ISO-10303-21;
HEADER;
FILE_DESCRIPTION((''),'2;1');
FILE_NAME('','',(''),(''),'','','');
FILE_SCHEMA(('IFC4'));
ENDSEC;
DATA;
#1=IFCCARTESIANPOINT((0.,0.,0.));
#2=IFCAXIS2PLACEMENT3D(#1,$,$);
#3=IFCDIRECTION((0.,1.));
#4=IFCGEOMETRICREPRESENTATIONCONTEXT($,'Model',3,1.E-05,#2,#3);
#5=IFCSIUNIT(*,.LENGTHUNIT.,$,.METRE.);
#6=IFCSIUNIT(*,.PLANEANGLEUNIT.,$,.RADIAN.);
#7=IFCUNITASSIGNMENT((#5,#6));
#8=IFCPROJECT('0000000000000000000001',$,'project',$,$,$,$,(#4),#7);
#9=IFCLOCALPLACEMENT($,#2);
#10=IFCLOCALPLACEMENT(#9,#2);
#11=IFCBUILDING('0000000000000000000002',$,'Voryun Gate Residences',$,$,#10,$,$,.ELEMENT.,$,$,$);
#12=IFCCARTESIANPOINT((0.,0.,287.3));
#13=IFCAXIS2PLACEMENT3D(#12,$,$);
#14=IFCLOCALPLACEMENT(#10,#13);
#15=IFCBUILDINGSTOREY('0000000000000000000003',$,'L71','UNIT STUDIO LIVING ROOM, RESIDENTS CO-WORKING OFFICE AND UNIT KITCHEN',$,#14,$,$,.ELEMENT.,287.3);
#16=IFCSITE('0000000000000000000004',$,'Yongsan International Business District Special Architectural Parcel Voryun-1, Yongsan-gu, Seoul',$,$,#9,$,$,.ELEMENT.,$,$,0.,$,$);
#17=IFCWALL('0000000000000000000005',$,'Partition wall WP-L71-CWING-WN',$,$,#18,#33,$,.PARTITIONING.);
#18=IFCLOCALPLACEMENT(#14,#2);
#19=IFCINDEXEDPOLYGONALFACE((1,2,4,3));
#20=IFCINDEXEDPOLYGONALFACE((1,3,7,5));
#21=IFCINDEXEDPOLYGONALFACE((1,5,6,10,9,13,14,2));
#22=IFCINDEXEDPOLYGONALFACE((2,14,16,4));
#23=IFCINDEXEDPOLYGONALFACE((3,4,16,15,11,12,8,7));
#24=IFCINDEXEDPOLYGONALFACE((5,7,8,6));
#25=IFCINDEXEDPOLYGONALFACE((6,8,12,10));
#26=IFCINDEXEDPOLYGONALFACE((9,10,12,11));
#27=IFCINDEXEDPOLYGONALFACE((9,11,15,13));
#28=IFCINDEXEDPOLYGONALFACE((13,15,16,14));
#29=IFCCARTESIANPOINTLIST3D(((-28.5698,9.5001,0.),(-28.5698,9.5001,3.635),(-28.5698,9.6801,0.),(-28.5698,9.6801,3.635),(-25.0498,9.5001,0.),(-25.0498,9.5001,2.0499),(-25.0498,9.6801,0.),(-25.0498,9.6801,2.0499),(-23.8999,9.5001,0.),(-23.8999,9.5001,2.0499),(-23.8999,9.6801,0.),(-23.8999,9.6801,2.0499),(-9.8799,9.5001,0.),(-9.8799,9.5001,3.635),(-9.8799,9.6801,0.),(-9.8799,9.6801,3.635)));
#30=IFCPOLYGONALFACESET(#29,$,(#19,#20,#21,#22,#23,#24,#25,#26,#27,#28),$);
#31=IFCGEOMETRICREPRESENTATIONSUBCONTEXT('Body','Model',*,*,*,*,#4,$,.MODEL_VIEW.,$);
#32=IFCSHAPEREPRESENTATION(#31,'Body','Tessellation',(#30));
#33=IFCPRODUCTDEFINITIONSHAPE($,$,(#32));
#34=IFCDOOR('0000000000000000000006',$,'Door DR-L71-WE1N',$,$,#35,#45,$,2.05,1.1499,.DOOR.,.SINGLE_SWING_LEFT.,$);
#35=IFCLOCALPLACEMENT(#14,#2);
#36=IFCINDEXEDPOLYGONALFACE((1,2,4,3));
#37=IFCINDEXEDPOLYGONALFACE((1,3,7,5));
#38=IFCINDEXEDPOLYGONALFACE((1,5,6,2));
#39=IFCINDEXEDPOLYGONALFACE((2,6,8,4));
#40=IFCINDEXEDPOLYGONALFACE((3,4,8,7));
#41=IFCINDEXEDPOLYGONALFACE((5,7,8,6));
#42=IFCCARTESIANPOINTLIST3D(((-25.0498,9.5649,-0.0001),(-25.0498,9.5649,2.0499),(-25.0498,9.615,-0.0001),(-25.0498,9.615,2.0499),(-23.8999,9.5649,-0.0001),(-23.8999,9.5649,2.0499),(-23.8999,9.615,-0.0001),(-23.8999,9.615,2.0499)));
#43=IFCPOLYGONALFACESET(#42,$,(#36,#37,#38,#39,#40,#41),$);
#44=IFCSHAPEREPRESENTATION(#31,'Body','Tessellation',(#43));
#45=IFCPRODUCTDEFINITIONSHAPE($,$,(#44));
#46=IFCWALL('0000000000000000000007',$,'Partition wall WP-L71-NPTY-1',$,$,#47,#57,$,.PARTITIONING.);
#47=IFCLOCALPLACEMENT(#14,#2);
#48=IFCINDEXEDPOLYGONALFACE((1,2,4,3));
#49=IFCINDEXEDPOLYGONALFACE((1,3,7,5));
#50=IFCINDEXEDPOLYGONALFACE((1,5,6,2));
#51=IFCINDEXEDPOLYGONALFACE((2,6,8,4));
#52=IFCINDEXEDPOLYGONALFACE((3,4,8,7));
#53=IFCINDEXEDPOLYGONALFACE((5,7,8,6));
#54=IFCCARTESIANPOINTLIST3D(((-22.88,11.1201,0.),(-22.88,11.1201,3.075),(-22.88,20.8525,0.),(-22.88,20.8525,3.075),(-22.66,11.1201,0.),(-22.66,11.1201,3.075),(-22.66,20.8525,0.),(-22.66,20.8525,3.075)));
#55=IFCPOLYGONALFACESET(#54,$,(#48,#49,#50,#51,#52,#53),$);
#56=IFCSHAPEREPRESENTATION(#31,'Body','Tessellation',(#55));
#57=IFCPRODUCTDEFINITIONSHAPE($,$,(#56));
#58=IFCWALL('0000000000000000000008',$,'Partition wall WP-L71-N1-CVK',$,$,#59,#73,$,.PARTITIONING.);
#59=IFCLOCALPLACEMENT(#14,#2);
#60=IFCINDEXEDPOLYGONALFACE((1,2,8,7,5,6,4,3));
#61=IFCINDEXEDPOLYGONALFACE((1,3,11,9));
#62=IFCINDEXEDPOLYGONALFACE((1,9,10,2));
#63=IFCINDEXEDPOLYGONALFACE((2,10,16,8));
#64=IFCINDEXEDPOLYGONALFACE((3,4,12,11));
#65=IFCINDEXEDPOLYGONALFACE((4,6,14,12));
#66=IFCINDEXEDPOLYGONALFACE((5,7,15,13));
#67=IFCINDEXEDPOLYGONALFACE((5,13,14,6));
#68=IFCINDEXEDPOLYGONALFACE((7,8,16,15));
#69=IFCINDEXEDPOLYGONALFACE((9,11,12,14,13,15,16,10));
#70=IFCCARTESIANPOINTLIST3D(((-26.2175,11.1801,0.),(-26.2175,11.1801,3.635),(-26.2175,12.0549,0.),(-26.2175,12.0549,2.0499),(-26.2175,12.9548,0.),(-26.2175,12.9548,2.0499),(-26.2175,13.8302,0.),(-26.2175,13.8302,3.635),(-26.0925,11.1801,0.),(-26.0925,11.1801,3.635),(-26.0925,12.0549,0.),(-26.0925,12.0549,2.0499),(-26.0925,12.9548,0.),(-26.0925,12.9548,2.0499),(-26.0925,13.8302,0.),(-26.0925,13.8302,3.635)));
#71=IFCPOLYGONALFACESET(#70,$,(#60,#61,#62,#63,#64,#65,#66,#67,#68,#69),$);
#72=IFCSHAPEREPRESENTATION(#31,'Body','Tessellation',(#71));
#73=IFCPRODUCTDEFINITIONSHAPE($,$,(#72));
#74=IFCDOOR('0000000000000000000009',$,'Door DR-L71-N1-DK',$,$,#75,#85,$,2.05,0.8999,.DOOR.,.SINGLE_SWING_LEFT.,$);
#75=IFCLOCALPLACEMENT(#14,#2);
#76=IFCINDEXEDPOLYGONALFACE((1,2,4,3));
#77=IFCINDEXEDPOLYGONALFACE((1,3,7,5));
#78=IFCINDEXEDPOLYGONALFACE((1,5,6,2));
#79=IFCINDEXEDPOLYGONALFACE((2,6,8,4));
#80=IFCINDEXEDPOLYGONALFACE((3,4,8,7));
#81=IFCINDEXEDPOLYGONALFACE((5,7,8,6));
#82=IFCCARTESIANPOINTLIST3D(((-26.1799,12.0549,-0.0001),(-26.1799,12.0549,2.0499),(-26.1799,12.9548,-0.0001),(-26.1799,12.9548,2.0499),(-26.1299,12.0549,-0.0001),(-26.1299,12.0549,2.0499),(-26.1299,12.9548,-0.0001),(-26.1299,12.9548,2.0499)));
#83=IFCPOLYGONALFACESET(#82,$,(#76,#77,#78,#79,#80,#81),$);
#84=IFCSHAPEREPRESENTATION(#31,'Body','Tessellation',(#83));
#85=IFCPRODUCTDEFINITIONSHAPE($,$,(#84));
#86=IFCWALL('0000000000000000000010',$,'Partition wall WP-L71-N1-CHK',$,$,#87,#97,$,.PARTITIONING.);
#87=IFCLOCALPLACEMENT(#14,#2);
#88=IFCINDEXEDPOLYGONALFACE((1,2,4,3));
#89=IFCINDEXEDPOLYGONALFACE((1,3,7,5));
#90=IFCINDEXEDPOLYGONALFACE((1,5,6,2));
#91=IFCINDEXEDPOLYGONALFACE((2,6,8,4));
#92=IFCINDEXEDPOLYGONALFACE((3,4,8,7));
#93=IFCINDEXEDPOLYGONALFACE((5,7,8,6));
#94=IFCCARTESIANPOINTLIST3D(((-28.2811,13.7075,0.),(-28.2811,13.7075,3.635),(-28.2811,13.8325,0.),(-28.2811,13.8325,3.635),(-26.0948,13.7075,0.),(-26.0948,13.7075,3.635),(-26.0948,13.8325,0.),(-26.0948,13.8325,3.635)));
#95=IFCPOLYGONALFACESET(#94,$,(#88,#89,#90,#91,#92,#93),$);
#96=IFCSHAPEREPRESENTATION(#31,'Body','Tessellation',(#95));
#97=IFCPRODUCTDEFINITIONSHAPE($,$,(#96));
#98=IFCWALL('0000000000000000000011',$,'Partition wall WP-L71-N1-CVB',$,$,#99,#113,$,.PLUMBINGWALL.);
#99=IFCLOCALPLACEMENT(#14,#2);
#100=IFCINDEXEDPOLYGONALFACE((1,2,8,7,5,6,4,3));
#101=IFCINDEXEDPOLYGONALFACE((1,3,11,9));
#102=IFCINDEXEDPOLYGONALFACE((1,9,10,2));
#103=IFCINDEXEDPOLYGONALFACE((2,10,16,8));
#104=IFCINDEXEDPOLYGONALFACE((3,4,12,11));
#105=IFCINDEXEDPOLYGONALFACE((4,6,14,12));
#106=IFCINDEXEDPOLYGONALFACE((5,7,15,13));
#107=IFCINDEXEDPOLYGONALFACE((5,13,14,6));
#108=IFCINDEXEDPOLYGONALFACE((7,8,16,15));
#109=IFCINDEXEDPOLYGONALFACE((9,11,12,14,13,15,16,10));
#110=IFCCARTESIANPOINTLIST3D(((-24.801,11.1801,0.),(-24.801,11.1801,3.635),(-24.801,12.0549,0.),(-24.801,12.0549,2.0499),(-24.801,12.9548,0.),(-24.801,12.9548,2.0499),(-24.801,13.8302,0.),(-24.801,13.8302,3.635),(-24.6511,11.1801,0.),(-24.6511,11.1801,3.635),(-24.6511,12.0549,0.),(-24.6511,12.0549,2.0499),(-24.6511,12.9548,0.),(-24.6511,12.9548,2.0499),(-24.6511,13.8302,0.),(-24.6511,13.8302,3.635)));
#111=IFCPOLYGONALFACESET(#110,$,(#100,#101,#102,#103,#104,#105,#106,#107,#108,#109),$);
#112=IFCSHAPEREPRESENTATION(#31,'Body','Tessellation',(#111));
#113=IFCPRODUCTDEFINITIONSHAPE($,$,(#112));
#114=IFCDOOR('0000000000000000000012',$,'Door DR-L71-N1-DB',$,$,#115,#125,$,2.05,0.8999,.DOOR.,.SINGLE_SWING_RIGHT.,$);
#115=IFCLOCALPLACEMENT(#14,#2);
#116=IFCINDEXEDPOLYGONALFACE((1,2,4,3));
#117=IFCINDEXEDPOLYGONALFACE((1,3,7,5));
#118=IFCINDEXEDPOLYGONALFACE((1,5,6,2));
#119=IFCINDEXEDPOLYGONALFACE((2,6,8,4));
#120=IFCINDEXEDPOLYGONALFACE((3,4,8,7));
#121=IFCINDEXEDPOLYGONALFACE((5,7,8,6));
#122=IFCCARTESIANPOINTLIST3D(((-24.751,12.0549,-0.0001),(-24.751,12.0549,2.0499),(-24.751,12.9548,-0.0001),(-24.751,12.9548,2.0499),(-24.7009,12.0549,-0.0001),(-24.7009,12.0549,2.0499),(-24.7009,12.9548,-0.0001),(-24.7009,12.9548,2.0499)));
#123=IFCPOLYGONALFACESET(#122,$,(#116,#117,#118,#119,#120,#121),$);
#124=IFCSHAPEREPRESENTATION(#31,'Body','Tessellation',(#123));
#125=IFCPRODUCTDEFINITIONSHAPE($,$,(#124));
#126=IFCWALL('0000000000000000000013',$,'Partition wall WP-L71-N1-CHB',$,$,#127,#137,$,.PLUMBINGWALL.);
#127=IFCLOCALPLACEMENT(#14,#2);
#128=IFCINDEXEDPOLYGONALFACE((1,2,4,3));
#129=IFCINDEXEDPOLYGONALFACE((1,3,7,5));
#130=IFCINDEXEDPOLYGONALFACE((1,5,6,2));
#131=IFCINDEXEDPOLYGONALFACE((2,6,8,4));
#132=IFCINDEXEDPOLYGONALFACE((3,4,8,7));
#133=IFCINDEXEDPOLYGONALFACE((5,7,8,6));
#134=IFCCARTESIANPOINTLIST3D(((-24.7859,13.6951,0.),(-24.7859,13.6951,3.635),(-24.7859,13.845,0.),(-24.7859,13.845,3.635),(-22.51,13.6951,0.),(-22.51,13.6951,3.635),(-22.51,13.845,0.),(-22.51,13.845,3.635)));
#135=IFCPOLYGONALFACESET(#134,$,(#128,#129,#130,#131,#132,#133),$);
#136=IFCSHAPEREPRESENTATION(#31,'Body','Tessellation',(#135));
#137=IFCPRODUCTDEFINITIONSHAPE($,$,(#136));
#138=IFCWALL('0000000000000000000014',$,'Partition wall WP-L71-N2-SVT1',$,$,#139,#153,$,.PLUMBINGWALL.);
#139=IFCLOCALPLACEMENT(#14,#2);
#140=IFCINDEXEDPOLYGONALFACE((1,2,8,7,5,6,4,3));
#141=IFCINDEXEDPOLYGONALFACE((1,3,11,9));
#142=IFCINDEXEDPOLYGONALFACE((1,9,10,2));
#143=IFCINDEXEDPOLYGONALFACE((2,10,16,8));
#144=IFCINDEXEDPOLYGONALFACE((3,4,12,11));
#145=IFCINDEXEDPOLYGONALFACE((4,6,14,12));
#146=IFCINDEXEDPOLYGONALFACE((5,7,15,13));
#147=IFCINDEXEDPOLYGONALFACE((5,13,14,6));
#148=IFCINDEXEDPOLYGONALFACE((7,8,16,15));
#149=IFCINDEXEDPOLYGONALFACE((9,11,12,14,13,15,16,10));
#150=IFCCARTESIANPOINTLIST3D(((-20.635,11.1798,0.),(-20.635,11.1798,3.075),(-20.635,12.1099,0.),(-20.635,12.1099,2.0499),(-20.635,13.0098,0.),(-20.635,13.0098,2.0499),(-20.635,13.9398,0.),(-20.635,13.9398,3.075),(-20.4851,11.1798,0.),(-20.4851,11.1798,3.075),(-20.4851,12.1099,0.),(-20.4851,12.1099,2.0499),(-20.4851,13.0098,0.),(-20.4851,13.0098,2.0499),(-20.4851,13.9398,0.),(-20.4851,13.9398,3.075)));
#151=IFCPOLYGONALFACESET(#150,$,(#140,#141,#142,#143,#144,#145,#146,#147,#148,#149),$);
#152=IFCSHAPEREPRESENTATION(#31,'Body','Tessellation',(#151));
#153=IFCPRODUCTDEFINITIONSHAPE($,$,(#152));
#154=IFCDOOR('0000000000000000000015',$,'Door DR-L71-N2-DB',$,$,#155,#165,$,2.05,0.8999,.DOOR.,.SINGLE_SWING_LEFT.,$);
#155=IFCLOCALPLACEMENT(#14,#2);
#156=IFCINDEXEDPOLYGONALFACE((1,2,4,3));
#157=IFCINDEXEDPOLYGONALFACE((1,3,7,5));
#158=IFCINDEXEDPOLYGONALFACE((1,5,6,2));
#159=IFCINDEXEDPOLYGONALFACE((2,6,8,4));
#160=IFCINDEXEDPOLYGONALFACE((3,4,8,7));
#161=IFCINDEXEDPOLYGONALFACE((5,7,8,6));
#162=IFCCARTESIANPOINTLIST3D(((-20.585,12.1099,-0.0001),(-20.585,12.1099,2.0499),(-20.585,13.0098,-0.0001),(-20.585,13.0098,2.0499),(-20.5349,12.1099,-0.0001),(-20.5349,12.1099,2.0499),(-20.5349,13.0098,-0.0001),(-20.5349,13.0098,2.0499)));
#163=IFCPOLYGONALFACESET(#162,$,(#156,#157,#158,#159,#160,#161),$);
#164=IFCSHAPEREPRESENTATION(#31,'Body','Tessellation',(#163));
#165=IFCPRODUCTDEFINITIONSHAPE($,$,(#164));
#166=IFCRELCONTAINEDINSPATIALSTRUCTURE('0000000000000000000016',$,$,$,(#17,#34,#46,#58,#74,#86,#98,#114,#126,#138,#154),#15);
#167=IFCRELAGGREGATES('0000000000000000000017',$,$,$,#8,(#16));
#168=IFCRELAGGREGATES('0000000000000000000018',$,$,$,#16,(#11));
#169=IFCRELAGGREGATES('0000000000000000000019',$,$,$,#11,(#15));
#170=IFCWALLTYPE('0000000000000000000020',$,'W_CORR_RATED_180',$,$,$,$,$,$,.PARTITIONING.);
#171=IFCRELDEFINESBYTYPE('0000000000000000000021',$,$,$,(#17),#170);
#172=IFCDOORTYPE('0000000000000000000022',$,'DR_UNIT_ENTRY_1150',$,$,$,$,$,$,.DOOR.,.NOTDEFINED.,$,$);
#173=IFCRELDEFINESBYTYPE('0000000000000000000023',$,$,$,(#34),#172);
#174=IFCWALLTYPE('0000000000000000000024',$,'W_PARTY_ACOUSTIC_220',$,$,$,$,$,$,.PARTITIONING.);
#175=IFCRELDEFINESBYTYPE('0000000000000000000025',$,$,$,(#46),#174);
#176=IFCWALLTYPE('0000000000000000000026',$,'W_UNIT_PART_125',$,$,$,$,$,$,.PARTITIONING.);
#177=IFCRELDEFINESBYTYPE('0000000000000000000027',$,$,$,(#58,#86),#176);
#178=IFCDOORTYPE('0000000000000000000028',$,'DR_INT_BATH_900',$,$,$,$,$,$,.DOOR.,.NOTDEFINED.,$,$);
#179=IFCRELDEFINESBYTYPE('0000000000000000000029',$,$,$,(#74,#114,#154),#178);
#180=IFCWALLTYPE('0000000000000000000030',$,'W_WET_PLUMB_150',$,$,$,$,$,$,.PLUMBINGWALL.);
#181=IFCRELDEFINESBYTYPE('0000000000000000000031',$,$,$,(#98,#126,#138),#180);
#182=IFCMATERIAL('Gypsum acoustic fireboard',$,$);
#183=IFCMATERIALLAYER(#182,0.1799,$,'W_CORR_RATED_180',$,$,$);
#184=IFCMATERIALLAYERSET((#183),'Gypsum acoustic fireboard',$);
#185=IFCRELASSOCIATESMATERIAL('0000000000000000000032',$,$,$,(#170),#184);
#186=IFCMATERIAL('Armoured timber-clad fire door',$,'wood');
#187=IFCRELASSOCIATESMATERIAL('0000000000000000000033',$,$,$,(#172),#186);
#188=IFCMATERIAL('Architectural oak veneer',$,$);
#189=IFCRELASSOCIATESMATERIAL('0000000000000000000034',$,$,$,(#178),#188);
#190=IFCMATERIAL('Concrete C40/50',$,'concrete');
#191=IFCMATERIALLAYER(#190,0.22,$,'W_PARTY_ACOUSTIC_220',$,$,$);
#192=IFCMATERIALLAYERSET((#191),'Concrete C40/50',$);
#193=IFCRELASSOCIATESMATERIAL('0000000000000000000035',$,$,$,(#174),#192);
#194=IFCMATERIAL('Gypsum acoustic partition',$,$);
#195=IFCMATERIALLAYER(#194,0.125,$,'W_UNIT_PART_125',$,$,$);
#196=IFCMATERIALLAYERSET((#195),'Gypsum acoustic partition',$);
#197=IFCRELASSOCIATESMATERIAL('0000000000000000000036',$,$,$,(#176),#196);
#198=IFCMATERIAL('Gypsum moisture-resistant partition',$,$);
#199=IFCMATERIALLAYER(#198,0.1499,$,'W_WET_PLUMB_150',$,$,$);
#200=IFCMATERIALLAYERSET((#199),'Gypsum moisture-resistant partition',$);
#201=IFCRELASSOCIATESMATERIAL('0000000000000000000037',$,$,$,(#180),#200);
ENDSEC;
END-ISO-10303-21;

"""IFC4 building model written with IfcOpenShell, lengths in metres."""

from ifc_helpers import new_model, si_unit, direction, frame, frame_2d, origin, place, context, subcontext, project, spatial, rectangle, extrude, material, layer, layer_set, type_object, element, fill, save


model = new_model("IFC4")

# Units and contexts
model_context = context("Model", 3, precision=1e-05, world=origin(), true_north=direction((0.0, 1.0)))
body_context = subcontext(model_context, "Body", "Model", "MODEL_VIEW")
ifc_project = project(units=[si_unit("LENGTHUNIT", "METRE"), si_unit("PLANEANGLEUNIT", "RADIAN")], contexts=[model_context])

# Site, building, storey
site_placement = place(None, origin())
site = spatial("IfcSite", under=ifc_project, at=site_placement, Name="Yongsan International Business District Special Architectural Parcel Voryun-1, Yongsan-gu, Seoul", CompositionType="ELEMENT", RefElevation=0.0)
building_placement = place(site_placement, origin())
building = spatial("IfcBuilding", under=site, at=building_placement, Name="Voryun Gate Residences", CompositionType="ELEMENT")
storey_placement = place(building_placement, frame((0.0, 0.0, 287.3)))
storey = spatial("IfcBuildingStorey", under=building, at=storey_placement, Name="L71", Description="UNIT STUDIO LIVING ROOM, RESIDENTS CO-WORKING OFFICE AND UNIT KITCHEN", CompositionType="ELEMENT", Elevation=287.3)

# Wall, opening, door
ifc_material_1 = material(Name="Gypsum acoustic fireboard")
ifc_layer_1 = layer(ifc_material_1, 0.1799, Name="W_CORR_RATED_180")
ifc_layer_set_1 = layer_set([ifc_layer_1], Name="Gypsum acoustic fireboard")
wall_type_1 = type_object("IfcWallType", Name="W_CORR_RATED_180", PredefinedType="PARTITIONING", material=ifc_layer_set_1)
wall_1_placement = place(storey_placement, frame((-28.5698, 9.5901, 0.0), z_axis=(0.0, 0.0, 1.0), x_axis=(1.0, 0.0, 0.0)))
wall_1 = element("IfcWall", 1, at=wall_1_placement, inside=storey, type_object=wall_type_1, Name="Partition wall WP-L71-CWING-WN", PredefinedType="PARTITIONING", context=body_context, shape_type="SweptSolid", body=[
    extrude(rectangle(XDim=18.6899, YDim=0.1799, at=frame_2d((9.345, 0.0))), origin(), (0.0, 0.0, 1.0), 3.635),
])
opening_1_placement = place(wall_1_placement, frame((3.52, 0.0, 0.0)))
opening_1 = element("IfcOpeningElement", 2, at=opening_1_placement, cuts=wall_1, PredefinedType="OPENING", context=body_context, shape_type="SweptSolid", body=[
    extrude(rectangle(XDim=1.1499, YDim=2.05, at=frame_2d((0.575, 1.0249))), frame((0.0, 0.0999, 0.0), z_axis=(0.0, -1.0, 0.0), x_axis=(1.0, 0.0, 0.0)), (0.0, 0.0, 1.0), 0.2),
])
ifc_material_2 = material(Name="Armoured timber-clad fire door", Category="wood")
door_type_1 = type_object("IfcDoorType", Name="DR_UNIT_ENTRY_1150", OperationType="NOTDEFINED", PredefinedType="DOOR", material=ifc_material_2)
door_1_placement = place(opening_1_placement, origin())
door_1 = element("IfcDoor", 3, at=door_1_placement, inside=storey, type_object=door_type_1, Name="Door DR-L71-WE1N", OperationType="SINGLE_SWING_LEFT", OverallHeight=2.05, OverallWidth=1.1499, PredefinedType="DOOR", context=body_context, shape_type="SweptSolid", body=[
    extrude(rectangle(XDim=1.1499, YDim=2.05, at=frame_2d((0.575, 1.0249))), frame((0.0, 0.0249, 0.0), z_axis=(0.0, -1.0, 0.0), x_axis=(1.0, 0.0, 0.0)), (0.0, 0.0, 1.0), 0.05),
])
fill(opening_1, door_1)

# Shared definitions
ifc_material_3 = material(Name="Architectural oak veneer")
door_type_2 = type_object("IfcDoorType", Name="DR_INT_BATH_900", OperationType="NOTDEFINED", PredefinedType="DOOR", material=ifc_material_3)

# Wall
ifc_material_4 = material(Name="Concrete C40/50", Category="concrete")
ifc_layer_2 = layer(ifc_material_4, 0.22, Name="W_PARTY_ACOUSTIC_220")
ifc_layer_set_2 = layer_set([ifc_layer_2], Name="Concrete C40/50")
wall_type_2 = type_object("IfcWallType", Name="W_PARTY_ACOUSTIC_220", PredefinedType="PARTITIONING", material=ifc_layer_set_2)
wall_2_placement = place(storey_placement, frame((-22.77, 11.1201, 0.0), z_axis=(0.0, 0.0, 1.0), x_axis=(0.0, 1.0, 0.0)))
element("IfcWall", 4, at=wall_2_placement, inside=storey, type_object=wall_type_2, Name="Partition wall WP-L71-NPTY-1", PredefinedType="PARTITIONING", context=body_context, shape_type="SweptSolid", body=[
    extrude(rectangle(XDim=9.7324, YDim=0.22, at=frame_2d((4.8662, 0.0))), origin(), (0.0, 0.0, 1.0), 3.075),
])

# Wall, opening, door
ifc_material_5 = material(Name="Gypsum acoustic partition")
ifc_layer_3 = layer(ifc_material_5, 0.125, Name="W_UNIT_PART_125")
ifc_layer_set_3 = layer_set([ifc_layer_3], Name="Gypsum acoustic partition")
wall_type_3 = type_object("IfcWallType", Name="W_UNIT_PART_125", PredefinedType="PARTITIONING", material=ifc_layer_set_3)
wall_3_placement = place(storey_placement, frame((-26.155, 11.1799, 0.0), z_axis=(0.0, 0.0, 1.0), x_axis=(0.0, 1.0, 0.0)))
wall_3 = element("IfcWall", 5, at=wall_3_placement, inside=storey, type_object=wall_type_3, Name="Partition wall WP-L71-N1-CVK", PredefinedType="PARTITIONING", context=body_context, shape_type="SweptSolid", body=[
    extrude(rectangle(XDim=2.6501, YDim=0.125, at=frame_2d((1.3252, 0.0))), origin(), (0.0, 0.0, 1.0), 3.635),
])
opening_2_placement = place(wall_3_placement, frame((0.875, 0.0, 0.0)))
opening_2 = element("IfcOpeningElement", 6, at=opening_2_placement, cuts=wall_3, PredefinedType="OPENING", context=body_context, shape_type="SweptSolid", body=[
    extrude(rectangle(XDim=0.8999, YDim=2.05, at=frame_2d((0.45, 1.0249))), frame((0.0, 0.0725, 0.0), z_axis=(0.0, -1.0, 0.0), x_axis=(1.0, 0.0, 0.0)), (0.0, 0.0, 1.0), 0.145),
])
door_2_placement = place(opening_2_placement, origin())
door_2 = element("IfcDoor", 7, at=door_2_placement, inside=storey, type_object=door_type_2, Name="Door DR-L71-N1-DK", OperationType="SINGLE_SWING_LEFT", OverallHeight=2.05, OverallWidth=0.8999, PredefinedType="DOOR", context=body_context, shape_type="SweptSolid", body=[
    extrude(rectangle(XDim=0.8999, YDim=2.05, at=frame_2d((0.45, 1.0249))), frame((0.0, 0.0249, 0.0), z_axis=(0.0, -1.0, 0.0), x_axis=(1.0, 0.0, 0.0)), (0.0, 0.0, 1.0), 0.05),
])
fill(opening_2, door_2)

# Wall
wall_4_placement = place(storey_placement, frame((-28.2812, 13.77, 0.0), z_axis=(0.0, 0.0, 1.0), x_axis=(1.0, 0.0, 0.0)))
element("IfcWall", 8, at=wall_4_placement, inside=storey, type_object=wall_type_3, Name="Partition wall WP-L71-N1-CHK", PredefinedType="PARTITIONING", context=body_context, shape_type="SweptSolid", body=[
    extrude(rectangle(XDim=2.1863, YDim=0.125, at=frame_2d((1.0933, 0.0))), origin(), (0.0, 0.0, 1.0), 3.635),
])

# Wall, opening, door
ifc_material_6 = material(Name="Gypsum moisture-resistant partition")
ifc_layer_4 = layer(ifc_material_6, 0.1499, Name="W_WET_PLUMB_150")
ifc_layer_set_4 = layer_set([ifc_layer_4], Name="Gypsum moisture-resistant partition")
wall_type_4 = type_object("IfcWallType", Name="W_WET_PLUMB_150", PredefinedType="PLUMBINGWALL", material=ifc_layer_set_4)
wall_5_placement = place(storey_placement, frame((-24.7261, 11.1799, 0.0), z_axis=(0.0, 0.0, 1.0), x_axis=(0.0, 1.0, 0.0)))
wall_5 = element("IfcWall", 9, at=wall_5_placement, inside=storey, type_object=wall_type_4, Name="Partition wall WP-L71-N1-CVB", PredefinedType="PLUMBINGWALL", context=body_context, shape_type="SweptSolid", body=[
    extrude(rectangle(XDim=2.6501, YDim=0.1499, at=frame_2d((1.3252, 0.0))), origin(), (0.0, 0.0, 1.0), 3.635),
])
opening_3_placement = place(wall_5_placement, frame((0.875, 0.0, 0.0)))
opening_3 = element("IfcOpeningElement", 10, at=opening_3_placement, cuts=wall_5, PredefinedType="OPENING", context=body_context, shape_type="SweptSolid", body=[
    extrude(rectangle(XDim=0.8999, YDim=2.05, at=frame_2d((0.45, 1.0249))), frame((0.0, 0.085, 0.0), z_axis=(0.0, -1.0, 0.0), x_axis=(1.0, 0.0, 0.0)), (0.0, 0.0, 1.0), 0.1699),
])
door_3_placement = place(opening_3_placement, origin())
door_3 = element("IfcDoor", 11, at=door_3_placement, inside=storey, type_object=door_type_2, Name="Door DR-L71-N1-DB", OperationType="SINGLE_SWING_RIGHT", OverallHeight=2.05, OverallWidth=0.8999, PredefinedType="DOOR", context=body_context, shape_type="SweptSolid", body=[
    extrude(rectangle(XDim=0.8999, YDim=2.05, at=frame_2d((0.45, 1.0249))), frame((0.0, 0.0249, 0.0), z_axis=(0.0, -1.0, 0.0), x_axis=(1.0, 0.0, 0.0)), (0.0, 0.0, 1.0), 0.05),
])
fill(opening_3, door_3)

# Wall
wall_6_placement = place(storey_placement, frame((-24.7859, 13.77, 0.0), z_axis=(0.0, 0.0, 1.0), x_axis=(1.0, 0.0, 0.0)))
element("IfcWall", 12, at=wall_6_placement, inside=storey, type_object=wall_type_4, Name="Partition wall WP-L71-N1-CHB", PredefinedType="PLUMBINGWALL", context=body_context, shape_type="SweptSolid", body=[
    extrude(rectangle(XDim=2.2759, YDim=0.1499, at=frame_2d((1.1379, 0.0))), origin(), (0.0, 0.0, 1.0), 3.635),
])

# Wall, opening, door
wall_7_placement = place(storey_placement, frame((-20.5601, 11.1799, 0.0), z_axis=(0.0, 0.0, 1.0), x_axis=(0.0, 1.0, 0.0)))
wall_7 = element("IfcWall", 13, at=wall_7_placement, inside=storey, type_object=wall_type_4, Name="Partition wall WP-L71-N2-SVT1", PredefinedType="PLUMBINGWALL", context=body_context, shape_type="SweptSolid", body=[
    extrude(rectangle(XDim=2.76, YDim=0.1499, at=frame_2d((1.3799, 0.0))), origin(), (0.0, 0.0, 1.0), 3.075),
])
opening_4_placement = place(wall_7_placement, frame((0.9299, 0.0, 0.0)))
opening_4 = element("IfcOpeningElement", 14, at=opening_4_placement, cuts=wall_7, PredefinedType="OPENING", context=body_context, shape_type="SweptSolid", body=[
    extrude(rectangle(XDim=0.8999, YDim=2.05, at=frame_2d((0.45, 1.0249))), frame((0.0, 0.085, 0.0), z_axis=(0.0, -1.0, 0.0), x_axis=(1.0, 0.0, 0.0)), (0.0, 0.0, 1.0), 0.1699),
])
door_4_placement = place(opening_4_placement, origin())
door_4 = element("IfcDoor", 15, at=door_4_placement, inside=storey, type_object=door_type_2, Name="Door DR-L71-N2-DB", OperationType="SINGLE_SWING_LEFT", OverallHeight=2.05, OverallWidth=0.8999, PredefinedType="DOOR", context=body_context, shape_type="SweptSolid", body=[
    extrude(rectangle(XDim=0.8999, YDim=2.05, at=frame_2d((0.45, 1.0249))), frame((0.0, 0.0249, 0.0), z_axis=(0.0, -1.0, 0.0), x_axis=(1.0, 0.0, 0.0)), (0.0, 0.0, 1.0), 0.05),
])
fill(opening_4, door_4)

save(model, "model.ifc")
